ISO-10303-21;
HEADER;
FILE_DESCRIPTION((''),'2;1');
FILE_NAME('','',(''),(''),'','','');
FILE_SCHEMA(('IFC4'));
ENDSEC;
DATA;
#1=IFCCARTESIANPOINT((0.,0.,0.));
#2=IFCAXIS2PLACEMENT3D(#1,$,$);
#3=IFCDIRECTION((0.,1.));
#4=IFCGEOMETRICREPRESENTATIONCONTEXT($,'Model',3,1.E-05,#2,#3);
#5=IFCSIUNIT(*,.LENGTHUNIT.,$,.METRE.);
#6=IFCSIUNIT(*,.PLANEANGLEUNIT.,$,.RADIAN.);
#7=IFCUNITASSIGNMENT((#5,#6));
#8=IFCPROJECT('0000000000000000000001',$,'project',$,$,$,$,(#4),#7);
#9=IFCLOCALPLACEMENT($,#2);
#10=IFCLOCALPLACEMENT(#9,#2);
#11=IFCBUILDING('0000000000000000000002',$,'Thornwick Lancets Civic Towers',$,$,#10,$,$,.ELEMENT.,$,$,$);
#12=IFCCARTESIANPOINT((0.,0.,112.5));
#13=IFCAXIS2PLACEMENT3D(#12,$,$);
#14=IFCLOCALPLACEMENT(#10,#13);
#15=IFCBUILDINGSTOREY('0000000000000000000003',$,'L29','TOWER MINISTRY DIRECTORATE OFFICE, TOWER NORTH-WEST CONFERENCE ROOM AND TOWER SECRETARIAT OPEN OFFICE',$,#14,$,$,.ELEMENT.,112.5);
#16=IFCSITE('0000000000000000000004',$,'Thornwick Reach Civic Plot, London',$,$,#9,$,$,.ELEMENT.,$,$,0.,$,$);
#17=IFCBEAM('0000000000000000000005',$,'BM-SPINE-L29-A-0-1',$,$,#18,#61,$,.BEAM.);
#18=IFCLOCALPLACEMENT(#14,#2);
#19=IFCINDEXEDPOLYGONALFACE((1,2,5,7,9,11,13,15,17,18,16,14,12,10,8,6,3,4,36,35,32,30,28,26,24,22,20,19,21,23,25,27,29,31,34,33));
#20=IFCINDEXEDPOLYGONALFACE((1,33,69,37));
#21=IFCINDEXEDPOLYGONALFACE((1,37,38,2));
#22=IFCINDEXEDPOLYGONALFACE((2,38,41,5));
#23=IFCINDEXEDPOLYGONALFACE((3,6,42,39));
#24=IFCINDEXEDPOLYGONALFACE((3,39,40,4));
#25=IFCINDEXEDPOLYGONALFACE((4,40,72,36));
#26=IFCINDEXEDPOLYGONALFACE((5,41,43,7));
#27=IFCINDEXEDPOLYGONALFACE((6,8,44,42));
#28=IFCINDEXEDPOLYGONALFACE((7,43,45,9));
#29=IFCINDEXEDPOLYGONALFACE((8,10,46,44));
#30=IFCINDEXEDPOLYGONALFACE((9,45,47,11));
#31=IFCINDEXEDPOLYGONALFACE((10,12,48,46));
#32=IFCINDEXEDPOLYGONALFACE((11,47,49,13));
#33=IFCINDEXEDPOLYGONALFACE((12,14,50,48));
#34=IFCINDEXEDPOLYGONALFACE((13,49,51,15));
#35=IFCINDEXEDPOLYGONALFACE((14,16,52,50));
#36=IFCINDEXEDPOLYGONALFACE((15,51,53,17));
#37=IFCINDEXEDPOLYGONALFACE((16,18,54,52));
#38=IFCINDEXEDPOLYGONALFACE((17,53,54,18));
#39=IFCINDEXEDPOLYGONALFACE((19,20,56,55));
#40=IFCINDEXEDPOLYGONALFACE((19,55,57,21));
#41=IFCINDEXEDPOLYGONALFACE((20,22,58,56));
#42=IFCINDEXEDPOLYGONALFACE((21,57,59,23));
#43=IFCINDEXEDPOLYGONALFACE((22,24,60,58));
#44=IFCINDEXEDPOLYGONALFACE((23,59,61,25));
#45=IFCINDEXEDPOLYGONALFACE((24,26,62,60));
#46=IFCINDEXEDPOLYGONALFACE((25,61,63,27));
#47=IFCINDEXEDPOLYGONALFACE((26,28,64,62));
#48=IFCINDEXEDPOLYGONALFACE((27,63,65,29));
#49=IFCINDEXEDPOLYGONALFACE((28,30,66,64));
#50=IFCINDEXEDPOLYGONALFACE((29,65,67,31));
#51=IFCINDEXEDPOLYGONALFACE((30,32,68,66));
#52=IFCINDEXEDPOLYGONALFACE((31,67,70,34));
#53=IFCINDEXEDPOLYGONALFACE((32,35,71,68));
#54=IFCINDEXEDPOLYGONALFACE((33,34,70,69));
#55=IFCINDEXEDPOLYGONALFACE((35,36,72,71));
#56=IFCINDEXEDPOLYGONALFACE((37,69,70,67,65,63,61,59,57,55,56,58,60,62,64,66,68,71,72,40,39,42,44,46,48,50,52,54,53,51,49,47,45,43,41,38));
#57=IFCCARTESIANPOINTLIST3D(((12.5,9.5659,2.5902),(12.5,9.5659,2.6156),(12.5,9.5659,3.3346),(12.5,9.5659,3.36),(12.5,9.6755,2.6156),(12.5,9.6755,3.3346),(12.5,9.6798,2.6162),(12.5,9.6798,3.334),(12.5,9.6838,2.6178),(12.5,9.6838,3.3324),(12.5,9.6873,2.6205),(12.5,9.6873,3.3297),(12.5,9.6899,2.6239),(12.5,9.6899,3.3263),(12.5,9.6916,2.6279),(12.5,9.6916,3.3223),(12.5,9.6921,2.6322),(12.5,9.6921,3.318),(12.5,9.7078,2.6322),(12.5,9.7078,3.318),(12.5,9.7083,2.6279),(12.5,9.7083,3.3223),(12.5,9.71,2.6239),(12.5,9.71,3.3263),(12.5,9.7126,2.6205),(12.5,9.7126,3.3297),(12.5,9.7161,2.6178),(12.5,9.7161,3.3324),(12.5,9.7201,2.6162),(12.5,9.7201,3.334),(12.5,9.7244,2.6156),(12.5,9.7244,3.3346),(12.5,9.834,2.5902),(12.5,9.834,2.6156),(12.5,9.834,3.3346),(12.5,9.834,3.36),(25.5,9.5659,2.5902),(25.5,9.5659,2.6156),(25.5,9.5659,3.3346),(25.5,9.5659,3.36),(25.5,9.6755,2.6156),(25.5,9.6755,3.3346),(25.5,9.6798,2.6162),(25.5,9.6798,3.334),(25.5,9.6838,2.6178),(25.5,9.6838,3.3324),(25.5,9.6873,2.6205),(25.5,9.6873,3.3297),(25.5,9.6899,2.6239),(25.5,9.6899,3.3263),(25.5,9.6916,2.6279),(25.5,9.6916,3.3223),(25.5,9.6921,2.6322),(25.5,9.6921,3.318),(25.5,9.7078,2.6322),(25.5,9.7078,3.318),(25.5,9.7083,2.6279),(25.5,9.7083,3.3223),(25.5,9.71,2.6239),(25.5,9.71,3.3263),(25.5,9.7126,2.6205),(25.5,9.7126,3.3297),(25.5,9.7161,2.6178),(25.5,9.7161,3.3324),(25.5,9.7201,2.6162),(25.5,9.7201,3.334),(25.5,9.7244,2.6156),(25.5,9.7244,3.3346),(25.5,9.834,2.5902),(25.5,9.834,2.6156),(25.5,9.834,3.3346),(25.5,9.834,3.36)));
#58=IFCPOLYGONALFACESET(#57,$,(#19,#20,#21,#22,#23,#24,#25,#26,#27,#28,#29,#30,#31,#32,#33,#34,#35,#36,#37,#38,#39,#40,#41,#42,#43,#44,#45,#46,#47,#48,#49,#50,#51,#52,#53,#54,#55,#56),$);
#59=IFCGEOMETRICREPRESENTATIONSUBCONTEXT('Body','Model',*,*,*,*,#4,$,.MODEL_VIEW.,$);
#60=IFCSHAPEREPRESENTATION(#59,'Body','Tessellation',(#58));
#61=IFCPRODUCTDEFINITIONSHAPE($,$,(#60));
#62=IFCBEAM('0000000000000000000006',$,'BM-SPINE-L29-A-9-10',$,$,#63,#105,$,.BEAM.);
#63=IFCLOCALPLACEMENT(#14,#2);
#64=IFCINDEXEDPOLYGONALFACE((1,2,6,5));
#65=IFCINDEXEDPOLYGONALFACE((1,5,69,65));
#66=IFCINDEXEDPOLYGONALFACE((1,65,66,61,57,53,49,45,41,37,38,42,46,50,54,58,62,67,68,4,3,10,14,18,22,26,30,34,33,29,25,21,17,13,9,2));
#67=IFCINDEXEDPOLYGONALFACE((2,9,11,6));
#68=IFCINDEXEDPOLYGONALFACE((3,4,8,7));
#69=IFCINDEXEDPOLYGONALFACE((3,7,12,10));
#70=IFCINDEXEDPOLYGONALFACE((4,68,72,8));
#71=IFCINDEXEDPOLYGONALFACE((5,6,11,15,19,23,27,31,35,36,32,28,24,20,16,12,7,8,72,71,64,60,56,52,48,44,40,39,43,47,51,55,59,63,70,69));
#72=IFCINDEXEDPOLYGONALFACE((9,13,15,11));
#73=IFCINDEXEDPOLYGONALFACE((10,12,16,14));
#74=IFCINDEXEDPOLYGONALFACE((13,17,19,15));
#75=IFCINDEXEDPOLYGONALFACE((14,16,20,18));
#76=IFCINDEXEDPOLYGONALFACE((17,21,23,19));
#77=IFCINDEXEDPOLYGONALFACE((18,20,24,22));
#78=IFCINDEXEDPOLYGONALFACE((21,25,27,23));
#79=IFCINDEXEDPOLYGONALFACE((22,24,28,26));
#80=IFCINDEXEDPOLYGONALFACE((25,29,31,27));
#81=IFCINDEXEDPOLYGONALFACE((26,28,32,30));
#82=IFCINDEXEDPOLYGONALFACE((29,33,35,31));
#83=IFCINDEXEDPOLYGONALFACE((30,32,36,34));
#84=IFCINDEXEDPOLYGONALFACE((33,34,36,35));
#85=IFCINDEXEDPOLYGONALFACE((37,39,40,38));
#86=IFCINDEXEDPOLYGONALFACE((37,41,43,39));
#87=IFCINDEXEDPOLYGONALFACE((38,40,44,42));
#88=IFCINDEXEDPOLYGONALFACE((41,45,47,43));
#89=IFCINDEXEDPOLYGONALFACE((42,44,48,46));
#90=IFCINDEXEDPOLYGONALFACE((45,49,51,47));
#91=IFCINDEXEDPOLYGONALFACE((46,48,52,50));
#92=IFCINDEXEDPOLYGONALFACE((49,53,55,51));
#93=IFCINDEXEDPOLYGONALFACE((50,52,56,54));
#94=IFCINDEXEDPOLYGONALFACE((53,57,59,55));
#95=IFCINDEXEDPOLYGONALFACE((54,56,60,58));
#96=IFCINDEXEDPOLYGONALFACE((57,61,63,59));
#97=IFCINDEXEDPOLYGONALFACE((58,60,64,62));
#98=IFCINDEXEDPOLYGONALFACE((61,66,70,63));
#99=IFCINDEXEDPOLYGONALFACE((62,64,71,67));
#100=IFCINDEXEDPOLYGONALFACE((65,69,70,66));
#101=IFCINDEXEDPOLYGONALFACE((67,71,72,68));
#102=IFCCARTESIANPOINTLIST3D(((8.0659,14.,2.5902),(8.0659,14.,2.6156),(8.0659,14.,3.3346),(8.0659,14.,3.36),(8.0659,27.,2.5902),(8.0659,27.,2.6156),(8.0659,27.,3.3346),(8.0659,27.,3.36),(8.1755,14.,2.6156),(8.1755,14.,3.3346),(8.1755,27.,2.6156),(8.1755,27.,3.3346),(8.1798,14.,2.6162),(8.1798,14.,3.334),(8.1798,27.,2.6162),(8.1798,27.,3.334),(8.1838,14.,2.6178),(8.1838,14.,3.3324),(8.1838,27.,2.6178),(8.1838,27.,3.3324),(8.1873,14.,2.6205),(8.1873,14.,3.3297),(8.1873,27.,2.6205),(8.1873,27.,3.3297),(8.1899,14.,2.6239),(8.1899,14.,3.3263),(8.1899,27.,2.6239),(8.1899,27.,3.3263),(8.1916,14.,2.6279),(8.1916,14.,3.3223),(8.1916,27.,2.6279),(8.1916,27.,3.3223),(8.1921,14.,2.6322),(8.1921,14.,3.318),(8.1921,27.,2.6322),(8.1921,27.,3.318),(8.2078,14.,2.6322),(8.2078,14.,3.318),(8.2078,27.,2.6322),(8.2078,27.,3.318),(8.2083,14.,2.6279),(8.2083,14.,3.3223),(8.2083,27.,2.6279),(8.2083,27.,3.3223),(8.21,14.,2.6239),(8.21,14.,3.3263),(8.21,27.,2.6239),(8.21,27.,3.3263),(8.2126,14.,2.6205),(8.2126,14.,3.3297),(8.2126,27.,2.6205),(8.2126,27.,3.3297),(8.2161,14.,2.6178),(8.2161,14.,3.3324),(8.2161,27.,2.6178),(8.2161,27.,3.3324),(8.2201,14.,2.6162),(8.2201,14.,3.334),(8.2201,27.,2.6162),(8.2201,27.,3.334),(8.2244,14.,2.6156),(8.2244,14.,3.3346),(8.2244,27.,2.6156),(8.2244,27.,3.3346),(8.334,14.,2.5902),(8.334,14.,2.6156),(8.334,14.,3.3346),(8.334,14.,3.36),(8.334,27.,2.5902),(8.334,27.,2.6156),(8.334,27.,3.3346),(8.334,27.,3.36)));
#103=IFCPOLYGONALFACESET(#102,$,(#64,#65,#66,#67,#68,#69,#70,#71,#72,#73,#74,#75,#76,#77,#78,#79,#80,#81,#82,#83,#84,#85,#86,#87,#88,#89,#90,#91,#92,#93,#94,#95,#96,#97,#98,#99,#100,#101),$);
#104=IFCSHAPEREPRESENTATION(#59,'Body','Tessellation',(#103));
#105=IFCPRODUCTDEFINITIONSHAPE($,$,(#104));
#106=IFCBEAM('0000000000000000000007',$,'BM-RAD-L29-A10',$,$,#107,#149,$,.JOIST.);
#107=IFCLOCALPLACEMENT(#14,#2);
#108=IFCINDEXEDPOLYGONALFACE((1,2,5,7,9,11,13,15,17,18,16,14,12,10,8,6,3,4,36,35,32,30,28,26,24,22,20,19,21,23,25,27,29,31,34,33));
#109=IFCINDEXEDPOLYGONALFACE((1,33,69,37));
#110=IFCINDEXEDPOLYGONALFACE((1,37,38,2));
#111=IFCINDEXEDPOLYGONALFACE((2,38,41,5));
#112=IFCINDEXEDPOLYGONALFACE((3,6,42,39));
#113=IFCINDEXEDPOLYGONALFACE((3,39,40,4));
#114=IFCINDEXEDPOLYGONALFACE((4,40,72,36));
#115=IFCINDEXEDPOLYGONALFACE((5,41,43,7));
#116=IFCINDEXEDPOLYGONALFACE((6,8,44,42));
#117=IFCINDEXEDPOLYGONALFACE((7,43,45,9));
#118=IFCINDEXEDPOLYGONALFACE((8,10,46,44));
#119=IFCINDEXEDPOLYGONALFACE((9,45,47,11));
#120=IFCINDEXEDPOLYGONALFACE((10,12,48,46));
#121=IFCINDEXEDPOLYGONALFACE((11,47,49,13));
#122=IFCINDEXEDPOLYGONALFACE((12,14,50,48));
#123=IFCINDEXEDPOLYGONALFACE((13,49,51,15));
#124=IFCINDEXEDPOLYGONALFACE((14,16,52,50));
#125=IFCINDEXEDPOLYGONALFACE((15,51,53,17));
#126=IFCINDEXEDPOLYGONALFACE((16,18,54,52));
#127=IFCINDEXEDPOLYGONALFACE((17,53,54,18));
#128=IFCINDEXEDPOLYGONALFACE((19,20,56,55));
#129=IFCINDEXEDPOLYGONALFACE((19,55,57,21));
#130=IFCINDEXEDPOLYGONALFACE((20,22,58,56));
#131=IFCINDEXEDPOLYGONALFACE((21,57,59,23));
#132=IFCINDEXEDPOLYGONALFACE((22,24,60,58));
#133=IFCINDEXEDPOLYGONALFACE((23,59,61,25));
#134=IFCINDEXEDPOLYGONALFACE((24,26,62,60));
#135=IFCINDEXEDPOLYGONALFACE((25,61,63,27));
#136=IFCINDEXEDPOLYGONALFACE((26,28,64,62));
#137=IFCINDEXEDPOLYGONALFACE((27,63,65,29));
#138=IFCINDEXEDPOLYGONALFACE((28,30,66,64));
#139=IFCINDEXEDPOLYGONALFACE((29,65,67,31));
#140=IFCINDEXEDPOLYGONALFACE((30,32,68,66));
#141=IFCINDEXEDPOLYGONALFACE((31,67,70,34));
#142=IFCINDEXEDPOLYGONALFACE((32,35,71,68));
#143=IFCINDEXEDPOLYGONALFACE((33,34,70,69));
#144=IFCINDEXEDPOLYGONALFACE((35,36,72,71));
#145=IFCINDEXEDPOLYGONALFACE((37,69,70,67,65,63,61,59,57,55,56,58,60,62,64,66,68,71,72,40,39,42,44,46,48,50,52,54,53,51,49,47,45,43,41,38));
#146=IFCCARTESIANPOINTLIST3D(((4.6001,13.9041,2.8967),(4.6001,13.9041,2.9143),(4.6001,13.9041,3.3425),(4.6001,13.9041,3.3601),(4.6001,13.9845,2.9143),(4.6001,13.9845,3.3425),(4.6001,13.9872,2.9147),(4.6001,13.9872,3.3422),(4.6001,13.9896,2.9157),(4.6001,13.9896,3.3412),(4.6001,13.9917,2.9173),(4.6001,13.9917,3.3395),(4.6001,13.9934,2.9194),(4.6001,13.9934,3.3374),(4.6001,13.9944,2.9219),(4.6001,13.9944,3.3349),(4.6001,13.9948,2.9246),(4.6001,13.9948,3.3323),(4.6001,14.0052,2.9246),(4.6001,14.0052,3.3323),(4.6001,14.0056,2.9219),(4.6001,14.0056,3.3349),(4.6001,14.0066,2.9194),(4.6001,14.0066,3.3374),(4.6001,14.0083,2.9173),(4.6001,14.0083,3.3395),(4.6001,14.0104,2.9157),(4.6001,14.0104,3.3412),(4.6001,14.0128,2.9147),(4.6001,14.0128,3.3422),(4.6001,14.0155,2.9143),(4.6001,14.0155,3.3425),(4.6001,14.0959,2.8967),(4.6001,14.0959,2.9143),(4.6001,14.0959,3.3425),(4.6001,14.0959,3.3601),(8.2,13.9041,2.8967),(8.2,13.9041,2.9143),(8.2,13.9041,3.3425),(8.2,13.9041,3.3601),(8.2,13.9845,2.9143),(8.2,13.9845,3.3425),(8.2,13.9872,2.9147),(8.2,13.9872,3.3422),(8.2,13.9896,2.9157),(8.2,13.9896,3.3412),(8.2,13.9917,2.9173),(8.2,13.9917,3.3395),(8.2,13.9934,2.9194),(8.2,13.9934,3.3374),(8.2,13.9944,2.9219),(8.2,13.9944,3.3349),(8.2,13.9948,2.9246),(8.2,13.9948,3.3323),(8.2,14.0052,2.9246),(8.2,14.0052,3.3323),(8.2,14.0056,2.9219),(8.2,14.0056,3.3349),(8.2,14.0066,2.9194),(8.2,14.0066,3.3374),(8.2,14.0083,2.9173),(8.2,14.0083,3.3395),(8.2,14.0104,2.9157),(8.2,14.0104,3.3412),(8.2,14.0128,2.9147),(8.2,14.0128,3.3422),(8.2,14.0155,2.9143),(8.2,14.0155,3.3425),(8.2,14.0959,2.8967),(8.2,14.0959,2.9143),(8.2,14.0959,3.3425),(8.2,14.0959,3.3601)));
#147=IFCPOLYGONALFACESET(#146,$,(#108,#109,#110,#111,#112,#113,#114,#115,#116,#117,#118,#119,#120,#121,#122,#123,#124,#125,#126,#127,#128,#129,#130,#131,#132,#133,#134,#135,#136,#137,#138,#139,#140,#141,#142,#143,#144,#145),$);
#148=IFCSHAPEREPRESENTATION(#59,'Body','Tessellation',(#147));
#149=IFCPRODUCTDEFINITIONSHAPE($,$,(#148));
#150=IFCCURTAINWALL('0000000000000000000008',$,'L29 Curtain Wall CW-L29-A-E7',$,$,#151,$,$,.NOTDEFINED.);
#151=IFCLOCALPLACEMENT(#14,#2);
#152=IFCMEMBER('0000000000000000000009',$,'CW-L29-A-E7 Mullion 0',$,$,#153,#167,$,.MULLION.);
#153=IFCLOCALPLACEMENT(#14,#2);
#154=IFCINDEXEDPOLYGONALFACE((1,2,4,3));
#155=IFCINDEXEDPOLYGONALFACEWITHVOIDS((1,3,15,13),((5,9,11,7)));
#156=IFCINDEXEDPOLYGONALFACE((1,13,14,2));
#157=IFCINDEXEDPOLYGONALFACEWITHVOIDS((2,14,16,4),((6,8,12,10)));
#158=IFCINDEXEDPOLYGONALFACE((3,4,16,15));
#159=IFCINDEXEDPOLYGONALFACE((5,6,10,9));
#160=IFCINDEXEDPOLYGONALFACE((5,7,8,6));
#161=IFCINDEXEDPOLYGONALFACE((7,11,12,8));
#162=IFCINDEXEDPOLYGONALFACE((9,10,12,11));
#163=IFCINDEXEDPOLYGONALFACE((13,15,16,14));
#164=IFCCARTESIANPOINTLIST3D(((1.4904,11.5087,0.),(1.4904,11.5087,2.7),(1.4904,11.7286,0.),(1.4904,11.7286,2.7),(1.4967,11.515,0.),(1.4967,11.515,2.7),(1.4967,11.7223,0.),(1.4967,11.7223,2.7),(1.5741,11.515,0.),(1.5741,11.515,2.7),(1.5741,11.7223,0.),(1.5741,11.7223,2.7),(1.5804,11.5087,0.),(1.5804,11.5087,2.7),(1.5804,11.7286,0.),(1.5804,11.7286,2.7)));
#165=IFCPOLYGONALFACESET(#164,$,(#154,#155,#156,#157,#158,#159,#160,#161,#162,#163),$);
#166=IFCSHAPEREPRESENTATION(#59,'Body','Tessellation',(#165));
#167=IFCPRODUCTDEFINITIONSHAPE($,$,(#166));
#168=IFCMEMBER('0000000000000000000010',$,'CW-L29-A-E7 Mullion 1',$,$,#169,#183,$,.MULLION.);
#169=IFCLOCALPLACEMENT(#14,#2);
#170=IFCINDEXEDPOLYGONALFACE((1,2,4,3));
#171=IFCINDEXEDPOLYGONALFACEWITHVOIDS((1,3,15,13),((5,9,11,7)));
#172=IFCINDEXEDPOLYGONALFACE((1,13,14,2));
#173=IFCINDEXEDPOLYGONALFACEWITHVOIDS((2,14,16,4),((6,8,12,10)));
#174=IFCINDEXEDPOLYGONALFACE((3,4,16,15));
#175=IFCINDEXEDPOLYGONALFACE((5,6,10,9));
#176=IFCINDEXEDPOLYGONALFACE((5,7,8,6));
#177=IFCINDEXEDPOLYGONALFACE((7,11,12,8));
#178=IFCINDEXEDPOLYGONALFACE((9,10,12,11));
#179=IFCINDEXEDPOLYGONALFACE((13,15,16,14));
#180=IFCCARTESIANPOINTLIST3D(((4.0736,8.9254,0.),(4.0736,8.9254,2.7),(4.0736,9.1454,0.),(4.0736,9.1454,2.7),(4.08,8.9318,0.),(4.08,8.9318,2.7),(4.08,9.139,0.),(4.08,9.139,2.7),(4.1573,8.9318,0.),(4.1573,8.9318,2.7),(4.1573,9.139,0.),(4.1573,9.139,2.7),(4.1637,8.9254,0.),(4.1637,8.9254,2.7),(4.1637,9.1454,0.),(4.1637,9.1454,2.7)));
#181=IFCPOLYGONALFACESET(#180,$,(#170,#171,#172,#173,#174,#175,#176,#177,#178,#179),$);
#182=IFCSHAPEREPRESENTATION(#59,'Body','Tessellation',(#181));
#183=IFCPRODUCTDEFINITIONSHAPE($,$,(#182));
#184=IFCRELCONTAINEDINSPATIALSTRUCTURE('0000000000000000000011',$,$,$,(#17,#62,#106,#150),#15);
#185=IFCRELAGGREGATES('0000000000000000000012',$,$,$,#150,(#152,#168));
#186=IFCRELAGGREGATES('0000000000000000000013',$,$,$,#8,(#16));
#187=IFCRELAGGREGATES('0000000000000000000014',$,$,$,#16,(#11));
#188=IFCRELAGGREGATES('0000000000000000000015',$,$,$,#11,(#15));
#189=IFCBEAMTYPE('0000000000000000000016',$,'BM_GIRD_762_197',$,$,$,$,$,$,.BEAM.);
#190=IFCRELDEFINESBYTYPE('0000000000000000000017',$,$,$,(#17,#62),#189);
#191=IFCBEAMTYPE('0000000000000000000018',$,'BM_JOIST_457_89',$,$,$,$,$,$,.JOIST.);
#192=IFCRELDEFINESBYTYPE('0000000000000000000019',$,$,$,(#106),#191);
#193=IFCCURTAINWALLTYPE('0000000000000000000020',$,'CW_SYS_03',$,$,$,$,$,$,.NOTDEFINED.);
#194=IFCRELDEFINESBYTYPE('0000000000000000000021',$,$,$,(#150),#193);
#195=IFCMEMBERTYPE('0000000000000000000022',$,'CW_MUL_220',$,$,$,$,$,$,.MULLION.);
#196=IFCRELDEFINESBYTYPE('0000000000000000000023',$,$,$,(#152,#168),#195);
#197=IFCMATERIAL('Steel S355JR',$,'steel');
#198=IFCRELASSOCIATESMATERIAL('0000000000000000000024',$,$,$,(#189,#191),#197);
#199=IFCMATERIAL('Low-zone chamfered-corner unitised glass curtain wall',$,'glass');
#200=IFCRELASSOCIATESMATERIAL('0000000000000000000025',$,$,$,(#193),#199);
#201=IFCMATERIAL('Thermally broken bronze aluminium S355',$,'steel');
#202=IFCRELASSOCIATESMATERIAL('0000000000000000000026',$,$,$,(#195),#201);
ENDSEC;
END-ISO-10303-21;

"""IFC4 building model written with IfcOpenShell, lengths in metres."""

from ifc_helpers import new_model, si_unit, direction, frame, origin, origin_2d, place, context, subcontext, project, spatial, hollow_rectangle, i_section, extrude, material, material_profile, profile_set, type_object, element, aggregate, save


model = new_model("IFC4")

# Units and contexts
model_context = context("Model", 3, precision=1e-05, world=origin(), true_north=direction((0.0, 1.0)))
body_context = subcontext(model_context, "Body", "Model", "MODEL_VIEW")
ifc_project = project(units=[si_unit("LENGTHUNIT", "METRE"), si_unit("PLANEANGLEUNIT", "RADIAN")], contexts=[model_context])

# Site, building, storey
site_placement = place(None, origin())
site = spatial("IfcSite", under=ifc_project, at=site_placement, Name="Thornwick Reach Civic Plot, London", CompositionType="ELEMENT", RefElevation=0.0)
building_placement = place(site_placement, origin())
building = spatial("IfcBuilding", under=site, at=building_placement, Name="Thornwick Lancets Civic Towers", CompositionType="ELEMENT")
storey_placement = place(building_placement, frame((0.0, 0.0, 112.5)))
storey = spatial("IfcBuildingStorey", under=building, at=storey_placement, Name="L29", Description="TOWER MINISTRY DIRECTORATE OFFICE, TOWER NORTH-WEST CONFERENCE ROOM AND TOWER SECRETARIAT OPEN OFFICE", CompositionType="ELEMENT", Elevation=112.5)

# Beams
ifc_material_1 = material(Name="Steel S355JR", Category="steel")
ifc_material_profile_1 = material_profile(ifc_material_1, i_section(OverallWidth=0.2681, OverallDepth=0.7698, WebThickness=0.0156, FlangeThickness=0.0254, FilletRadius=0.0166, at=origin_2d()), Name="UKB 762x267x197")
ifc_profile_set_1 = profile_set([ifc_material_profile_1], Name="Steel S355JR")
beam_type_1 = type_object("IfcBeamType", Name="BM_GIRD_762_197", PredefinedType="BEAM", material=ifc_profile_set_1)
for number, where, z_axis, x_axis, name in (
    (1, (12.5, 9.7, 2.9751), (1.0, 0.0, 0.0), (0.0, 1.0, 0.0), "BM-SPINE-L29-A-0-1"),
    (2, (8.2, 14.0, 2.9751), (0.0, 1.0, 0.0), (-1.0, 0.0, 0.0), "BM-SPINE-L29-A-9-10"),
):
    element("IfcBeam", number, at=place(storey_placement, frame(where, z_axis=z_axis, x_axis=x_axis)), inside=storey, type_object=beam_type_1, Name=name, PredefinedType="BEAM", context=body_context, shape_type="SweptSolid", body=[
        extrude(i_section(OverallWidth=0.2681, OverallDepth=0.7698, WebThickness=0.0156, FlangeThickness=0.0254, FilletRadius=0.0166, at=origin_2d()), origin(), (0.0, 0.0, 1.0), 13.0),
    ])
ifc_material_profile_2 = material_profile(ifc_material_1, i_section(OverallWidth=0.1919, OverallDepth=0.4634, WebThickness=0.0105, FlangeThickness=0.0176, FilletRadius=0.0103, at=origin_2d()), Name="UKB 457x191x89")
ifc_profile_set_2 = profile_set([ifc_material_profile_2], Name="Steel S355JR")
beam_type_2 = type_object("IfcBeamType", Name="BM_JOIST_457_89", PredefinedType="JOIST", material=ifc_profile_set_2)
beam_1_placement = place(storey_placement, frame((8.2, 14.0, 3.1284), z_axis=(-1.0, 0.0, 0.0), x_axis=(0.0, -1.0, 0.0)))
element("IfcBeam", 3, at=beam_1_placement, inside=storey, type_object=beam_type_2, Name="BM-RAD-L29-A10", PredefinedType="JOIST", context=body_context, shape_type="SweptSolid", body=[
    extrude(i_section(OverallWidth=0.1919, OverallDepth=0.4634, WebThickness=0.0105, FlangeThickness=0.0176, FilletRadius=0.0103, at=origin_2d()), origin(), (0.0, 0.0, 1.0), 3.5999),
])

# Curtain wall, members
ifc_material_2 = material(Name="Low-zone chamfered-corner unitised glass curtain wall", Category="glass")
curtain_wall_type = type_object("IfcCurtainWallType", Name="CW_SYS_03", PredefinedType="NOTDEFINED", material=ifc_material_2)
curtain_wall_placement = place(storey_placement, origin())
curtain_wall = element("IfcCurtainWall", 4, at=curtain_wall_placement, inside=storey, type_object=curtain_wall_type, Name="L29 Curtain Wall CW-L29-A-E7", PredefinedType="NOTDEFINED")
ifc_material_3 = material(Name="Thermally broken bronze aluminium S355", Category="steel")
ifc_material_profile_3 = material_profile(ifc_material_3, hollow_rectangle(XDim=0.0901, YDim=0.22, WallThickness=0.0063, at=origin_2d()), Name="RHS 220x90x6.3")
ifc_profile_set_3 = profile_set([ifc_material_profile_3], Name="Thermally broken bronze aluminium S355")
member_type_1 = type_object("IfcMemberType", Name="CW_MUL_220", PredefinedType="MULLION", material=ifc_profile_set_3)
member_1_placement = place(storey_placement, frame((1.5354, 11.6187, 0.0), z_axis=(0.0, 0.0, 1.0), x_axis=(1.0, 0.0, 0.0)))
member_1 = element("IfcMember", 5, at=member_1_placement, type_object=member_type_1, Name="CW-L29-A-E7 Mullion 0", PredefinedType="MULLION", context=body_context, shape_type="SweptSolid", body=[
    extrude(hollow_rectangle(XDim=0.0901, YDim=0.22, WallThickness=0.0063, at=origin_2d()), origin(), (0.0, 0.0, 1.0), 2.7),
])
member_2_placement = place(storey_placement, frame((4.1187, 9.0354, 0.0), z_axis=(0.0, 0.0, 1.0), x_axis=(1.0, 0.0, 0.0)))
member_2 = element("IfcMember", 6, at=member_2_placement, type_object=member_type_1, Name="CW-L29-A-E7 Mullion 1", PredefinedType="MULLION", context=body_context, shape_type="SweptSolid", body=[
    extrude(hollow_rectangle(XDim=0.0901, YDim=0.22, WallThickness=0.0063, at=origin_2d()), origin(), (0.0, 0.0, 1.0), 2.7),
])
aggregate(curtain_wall, [member_1, member_2])

save(model, "model.ifc")
